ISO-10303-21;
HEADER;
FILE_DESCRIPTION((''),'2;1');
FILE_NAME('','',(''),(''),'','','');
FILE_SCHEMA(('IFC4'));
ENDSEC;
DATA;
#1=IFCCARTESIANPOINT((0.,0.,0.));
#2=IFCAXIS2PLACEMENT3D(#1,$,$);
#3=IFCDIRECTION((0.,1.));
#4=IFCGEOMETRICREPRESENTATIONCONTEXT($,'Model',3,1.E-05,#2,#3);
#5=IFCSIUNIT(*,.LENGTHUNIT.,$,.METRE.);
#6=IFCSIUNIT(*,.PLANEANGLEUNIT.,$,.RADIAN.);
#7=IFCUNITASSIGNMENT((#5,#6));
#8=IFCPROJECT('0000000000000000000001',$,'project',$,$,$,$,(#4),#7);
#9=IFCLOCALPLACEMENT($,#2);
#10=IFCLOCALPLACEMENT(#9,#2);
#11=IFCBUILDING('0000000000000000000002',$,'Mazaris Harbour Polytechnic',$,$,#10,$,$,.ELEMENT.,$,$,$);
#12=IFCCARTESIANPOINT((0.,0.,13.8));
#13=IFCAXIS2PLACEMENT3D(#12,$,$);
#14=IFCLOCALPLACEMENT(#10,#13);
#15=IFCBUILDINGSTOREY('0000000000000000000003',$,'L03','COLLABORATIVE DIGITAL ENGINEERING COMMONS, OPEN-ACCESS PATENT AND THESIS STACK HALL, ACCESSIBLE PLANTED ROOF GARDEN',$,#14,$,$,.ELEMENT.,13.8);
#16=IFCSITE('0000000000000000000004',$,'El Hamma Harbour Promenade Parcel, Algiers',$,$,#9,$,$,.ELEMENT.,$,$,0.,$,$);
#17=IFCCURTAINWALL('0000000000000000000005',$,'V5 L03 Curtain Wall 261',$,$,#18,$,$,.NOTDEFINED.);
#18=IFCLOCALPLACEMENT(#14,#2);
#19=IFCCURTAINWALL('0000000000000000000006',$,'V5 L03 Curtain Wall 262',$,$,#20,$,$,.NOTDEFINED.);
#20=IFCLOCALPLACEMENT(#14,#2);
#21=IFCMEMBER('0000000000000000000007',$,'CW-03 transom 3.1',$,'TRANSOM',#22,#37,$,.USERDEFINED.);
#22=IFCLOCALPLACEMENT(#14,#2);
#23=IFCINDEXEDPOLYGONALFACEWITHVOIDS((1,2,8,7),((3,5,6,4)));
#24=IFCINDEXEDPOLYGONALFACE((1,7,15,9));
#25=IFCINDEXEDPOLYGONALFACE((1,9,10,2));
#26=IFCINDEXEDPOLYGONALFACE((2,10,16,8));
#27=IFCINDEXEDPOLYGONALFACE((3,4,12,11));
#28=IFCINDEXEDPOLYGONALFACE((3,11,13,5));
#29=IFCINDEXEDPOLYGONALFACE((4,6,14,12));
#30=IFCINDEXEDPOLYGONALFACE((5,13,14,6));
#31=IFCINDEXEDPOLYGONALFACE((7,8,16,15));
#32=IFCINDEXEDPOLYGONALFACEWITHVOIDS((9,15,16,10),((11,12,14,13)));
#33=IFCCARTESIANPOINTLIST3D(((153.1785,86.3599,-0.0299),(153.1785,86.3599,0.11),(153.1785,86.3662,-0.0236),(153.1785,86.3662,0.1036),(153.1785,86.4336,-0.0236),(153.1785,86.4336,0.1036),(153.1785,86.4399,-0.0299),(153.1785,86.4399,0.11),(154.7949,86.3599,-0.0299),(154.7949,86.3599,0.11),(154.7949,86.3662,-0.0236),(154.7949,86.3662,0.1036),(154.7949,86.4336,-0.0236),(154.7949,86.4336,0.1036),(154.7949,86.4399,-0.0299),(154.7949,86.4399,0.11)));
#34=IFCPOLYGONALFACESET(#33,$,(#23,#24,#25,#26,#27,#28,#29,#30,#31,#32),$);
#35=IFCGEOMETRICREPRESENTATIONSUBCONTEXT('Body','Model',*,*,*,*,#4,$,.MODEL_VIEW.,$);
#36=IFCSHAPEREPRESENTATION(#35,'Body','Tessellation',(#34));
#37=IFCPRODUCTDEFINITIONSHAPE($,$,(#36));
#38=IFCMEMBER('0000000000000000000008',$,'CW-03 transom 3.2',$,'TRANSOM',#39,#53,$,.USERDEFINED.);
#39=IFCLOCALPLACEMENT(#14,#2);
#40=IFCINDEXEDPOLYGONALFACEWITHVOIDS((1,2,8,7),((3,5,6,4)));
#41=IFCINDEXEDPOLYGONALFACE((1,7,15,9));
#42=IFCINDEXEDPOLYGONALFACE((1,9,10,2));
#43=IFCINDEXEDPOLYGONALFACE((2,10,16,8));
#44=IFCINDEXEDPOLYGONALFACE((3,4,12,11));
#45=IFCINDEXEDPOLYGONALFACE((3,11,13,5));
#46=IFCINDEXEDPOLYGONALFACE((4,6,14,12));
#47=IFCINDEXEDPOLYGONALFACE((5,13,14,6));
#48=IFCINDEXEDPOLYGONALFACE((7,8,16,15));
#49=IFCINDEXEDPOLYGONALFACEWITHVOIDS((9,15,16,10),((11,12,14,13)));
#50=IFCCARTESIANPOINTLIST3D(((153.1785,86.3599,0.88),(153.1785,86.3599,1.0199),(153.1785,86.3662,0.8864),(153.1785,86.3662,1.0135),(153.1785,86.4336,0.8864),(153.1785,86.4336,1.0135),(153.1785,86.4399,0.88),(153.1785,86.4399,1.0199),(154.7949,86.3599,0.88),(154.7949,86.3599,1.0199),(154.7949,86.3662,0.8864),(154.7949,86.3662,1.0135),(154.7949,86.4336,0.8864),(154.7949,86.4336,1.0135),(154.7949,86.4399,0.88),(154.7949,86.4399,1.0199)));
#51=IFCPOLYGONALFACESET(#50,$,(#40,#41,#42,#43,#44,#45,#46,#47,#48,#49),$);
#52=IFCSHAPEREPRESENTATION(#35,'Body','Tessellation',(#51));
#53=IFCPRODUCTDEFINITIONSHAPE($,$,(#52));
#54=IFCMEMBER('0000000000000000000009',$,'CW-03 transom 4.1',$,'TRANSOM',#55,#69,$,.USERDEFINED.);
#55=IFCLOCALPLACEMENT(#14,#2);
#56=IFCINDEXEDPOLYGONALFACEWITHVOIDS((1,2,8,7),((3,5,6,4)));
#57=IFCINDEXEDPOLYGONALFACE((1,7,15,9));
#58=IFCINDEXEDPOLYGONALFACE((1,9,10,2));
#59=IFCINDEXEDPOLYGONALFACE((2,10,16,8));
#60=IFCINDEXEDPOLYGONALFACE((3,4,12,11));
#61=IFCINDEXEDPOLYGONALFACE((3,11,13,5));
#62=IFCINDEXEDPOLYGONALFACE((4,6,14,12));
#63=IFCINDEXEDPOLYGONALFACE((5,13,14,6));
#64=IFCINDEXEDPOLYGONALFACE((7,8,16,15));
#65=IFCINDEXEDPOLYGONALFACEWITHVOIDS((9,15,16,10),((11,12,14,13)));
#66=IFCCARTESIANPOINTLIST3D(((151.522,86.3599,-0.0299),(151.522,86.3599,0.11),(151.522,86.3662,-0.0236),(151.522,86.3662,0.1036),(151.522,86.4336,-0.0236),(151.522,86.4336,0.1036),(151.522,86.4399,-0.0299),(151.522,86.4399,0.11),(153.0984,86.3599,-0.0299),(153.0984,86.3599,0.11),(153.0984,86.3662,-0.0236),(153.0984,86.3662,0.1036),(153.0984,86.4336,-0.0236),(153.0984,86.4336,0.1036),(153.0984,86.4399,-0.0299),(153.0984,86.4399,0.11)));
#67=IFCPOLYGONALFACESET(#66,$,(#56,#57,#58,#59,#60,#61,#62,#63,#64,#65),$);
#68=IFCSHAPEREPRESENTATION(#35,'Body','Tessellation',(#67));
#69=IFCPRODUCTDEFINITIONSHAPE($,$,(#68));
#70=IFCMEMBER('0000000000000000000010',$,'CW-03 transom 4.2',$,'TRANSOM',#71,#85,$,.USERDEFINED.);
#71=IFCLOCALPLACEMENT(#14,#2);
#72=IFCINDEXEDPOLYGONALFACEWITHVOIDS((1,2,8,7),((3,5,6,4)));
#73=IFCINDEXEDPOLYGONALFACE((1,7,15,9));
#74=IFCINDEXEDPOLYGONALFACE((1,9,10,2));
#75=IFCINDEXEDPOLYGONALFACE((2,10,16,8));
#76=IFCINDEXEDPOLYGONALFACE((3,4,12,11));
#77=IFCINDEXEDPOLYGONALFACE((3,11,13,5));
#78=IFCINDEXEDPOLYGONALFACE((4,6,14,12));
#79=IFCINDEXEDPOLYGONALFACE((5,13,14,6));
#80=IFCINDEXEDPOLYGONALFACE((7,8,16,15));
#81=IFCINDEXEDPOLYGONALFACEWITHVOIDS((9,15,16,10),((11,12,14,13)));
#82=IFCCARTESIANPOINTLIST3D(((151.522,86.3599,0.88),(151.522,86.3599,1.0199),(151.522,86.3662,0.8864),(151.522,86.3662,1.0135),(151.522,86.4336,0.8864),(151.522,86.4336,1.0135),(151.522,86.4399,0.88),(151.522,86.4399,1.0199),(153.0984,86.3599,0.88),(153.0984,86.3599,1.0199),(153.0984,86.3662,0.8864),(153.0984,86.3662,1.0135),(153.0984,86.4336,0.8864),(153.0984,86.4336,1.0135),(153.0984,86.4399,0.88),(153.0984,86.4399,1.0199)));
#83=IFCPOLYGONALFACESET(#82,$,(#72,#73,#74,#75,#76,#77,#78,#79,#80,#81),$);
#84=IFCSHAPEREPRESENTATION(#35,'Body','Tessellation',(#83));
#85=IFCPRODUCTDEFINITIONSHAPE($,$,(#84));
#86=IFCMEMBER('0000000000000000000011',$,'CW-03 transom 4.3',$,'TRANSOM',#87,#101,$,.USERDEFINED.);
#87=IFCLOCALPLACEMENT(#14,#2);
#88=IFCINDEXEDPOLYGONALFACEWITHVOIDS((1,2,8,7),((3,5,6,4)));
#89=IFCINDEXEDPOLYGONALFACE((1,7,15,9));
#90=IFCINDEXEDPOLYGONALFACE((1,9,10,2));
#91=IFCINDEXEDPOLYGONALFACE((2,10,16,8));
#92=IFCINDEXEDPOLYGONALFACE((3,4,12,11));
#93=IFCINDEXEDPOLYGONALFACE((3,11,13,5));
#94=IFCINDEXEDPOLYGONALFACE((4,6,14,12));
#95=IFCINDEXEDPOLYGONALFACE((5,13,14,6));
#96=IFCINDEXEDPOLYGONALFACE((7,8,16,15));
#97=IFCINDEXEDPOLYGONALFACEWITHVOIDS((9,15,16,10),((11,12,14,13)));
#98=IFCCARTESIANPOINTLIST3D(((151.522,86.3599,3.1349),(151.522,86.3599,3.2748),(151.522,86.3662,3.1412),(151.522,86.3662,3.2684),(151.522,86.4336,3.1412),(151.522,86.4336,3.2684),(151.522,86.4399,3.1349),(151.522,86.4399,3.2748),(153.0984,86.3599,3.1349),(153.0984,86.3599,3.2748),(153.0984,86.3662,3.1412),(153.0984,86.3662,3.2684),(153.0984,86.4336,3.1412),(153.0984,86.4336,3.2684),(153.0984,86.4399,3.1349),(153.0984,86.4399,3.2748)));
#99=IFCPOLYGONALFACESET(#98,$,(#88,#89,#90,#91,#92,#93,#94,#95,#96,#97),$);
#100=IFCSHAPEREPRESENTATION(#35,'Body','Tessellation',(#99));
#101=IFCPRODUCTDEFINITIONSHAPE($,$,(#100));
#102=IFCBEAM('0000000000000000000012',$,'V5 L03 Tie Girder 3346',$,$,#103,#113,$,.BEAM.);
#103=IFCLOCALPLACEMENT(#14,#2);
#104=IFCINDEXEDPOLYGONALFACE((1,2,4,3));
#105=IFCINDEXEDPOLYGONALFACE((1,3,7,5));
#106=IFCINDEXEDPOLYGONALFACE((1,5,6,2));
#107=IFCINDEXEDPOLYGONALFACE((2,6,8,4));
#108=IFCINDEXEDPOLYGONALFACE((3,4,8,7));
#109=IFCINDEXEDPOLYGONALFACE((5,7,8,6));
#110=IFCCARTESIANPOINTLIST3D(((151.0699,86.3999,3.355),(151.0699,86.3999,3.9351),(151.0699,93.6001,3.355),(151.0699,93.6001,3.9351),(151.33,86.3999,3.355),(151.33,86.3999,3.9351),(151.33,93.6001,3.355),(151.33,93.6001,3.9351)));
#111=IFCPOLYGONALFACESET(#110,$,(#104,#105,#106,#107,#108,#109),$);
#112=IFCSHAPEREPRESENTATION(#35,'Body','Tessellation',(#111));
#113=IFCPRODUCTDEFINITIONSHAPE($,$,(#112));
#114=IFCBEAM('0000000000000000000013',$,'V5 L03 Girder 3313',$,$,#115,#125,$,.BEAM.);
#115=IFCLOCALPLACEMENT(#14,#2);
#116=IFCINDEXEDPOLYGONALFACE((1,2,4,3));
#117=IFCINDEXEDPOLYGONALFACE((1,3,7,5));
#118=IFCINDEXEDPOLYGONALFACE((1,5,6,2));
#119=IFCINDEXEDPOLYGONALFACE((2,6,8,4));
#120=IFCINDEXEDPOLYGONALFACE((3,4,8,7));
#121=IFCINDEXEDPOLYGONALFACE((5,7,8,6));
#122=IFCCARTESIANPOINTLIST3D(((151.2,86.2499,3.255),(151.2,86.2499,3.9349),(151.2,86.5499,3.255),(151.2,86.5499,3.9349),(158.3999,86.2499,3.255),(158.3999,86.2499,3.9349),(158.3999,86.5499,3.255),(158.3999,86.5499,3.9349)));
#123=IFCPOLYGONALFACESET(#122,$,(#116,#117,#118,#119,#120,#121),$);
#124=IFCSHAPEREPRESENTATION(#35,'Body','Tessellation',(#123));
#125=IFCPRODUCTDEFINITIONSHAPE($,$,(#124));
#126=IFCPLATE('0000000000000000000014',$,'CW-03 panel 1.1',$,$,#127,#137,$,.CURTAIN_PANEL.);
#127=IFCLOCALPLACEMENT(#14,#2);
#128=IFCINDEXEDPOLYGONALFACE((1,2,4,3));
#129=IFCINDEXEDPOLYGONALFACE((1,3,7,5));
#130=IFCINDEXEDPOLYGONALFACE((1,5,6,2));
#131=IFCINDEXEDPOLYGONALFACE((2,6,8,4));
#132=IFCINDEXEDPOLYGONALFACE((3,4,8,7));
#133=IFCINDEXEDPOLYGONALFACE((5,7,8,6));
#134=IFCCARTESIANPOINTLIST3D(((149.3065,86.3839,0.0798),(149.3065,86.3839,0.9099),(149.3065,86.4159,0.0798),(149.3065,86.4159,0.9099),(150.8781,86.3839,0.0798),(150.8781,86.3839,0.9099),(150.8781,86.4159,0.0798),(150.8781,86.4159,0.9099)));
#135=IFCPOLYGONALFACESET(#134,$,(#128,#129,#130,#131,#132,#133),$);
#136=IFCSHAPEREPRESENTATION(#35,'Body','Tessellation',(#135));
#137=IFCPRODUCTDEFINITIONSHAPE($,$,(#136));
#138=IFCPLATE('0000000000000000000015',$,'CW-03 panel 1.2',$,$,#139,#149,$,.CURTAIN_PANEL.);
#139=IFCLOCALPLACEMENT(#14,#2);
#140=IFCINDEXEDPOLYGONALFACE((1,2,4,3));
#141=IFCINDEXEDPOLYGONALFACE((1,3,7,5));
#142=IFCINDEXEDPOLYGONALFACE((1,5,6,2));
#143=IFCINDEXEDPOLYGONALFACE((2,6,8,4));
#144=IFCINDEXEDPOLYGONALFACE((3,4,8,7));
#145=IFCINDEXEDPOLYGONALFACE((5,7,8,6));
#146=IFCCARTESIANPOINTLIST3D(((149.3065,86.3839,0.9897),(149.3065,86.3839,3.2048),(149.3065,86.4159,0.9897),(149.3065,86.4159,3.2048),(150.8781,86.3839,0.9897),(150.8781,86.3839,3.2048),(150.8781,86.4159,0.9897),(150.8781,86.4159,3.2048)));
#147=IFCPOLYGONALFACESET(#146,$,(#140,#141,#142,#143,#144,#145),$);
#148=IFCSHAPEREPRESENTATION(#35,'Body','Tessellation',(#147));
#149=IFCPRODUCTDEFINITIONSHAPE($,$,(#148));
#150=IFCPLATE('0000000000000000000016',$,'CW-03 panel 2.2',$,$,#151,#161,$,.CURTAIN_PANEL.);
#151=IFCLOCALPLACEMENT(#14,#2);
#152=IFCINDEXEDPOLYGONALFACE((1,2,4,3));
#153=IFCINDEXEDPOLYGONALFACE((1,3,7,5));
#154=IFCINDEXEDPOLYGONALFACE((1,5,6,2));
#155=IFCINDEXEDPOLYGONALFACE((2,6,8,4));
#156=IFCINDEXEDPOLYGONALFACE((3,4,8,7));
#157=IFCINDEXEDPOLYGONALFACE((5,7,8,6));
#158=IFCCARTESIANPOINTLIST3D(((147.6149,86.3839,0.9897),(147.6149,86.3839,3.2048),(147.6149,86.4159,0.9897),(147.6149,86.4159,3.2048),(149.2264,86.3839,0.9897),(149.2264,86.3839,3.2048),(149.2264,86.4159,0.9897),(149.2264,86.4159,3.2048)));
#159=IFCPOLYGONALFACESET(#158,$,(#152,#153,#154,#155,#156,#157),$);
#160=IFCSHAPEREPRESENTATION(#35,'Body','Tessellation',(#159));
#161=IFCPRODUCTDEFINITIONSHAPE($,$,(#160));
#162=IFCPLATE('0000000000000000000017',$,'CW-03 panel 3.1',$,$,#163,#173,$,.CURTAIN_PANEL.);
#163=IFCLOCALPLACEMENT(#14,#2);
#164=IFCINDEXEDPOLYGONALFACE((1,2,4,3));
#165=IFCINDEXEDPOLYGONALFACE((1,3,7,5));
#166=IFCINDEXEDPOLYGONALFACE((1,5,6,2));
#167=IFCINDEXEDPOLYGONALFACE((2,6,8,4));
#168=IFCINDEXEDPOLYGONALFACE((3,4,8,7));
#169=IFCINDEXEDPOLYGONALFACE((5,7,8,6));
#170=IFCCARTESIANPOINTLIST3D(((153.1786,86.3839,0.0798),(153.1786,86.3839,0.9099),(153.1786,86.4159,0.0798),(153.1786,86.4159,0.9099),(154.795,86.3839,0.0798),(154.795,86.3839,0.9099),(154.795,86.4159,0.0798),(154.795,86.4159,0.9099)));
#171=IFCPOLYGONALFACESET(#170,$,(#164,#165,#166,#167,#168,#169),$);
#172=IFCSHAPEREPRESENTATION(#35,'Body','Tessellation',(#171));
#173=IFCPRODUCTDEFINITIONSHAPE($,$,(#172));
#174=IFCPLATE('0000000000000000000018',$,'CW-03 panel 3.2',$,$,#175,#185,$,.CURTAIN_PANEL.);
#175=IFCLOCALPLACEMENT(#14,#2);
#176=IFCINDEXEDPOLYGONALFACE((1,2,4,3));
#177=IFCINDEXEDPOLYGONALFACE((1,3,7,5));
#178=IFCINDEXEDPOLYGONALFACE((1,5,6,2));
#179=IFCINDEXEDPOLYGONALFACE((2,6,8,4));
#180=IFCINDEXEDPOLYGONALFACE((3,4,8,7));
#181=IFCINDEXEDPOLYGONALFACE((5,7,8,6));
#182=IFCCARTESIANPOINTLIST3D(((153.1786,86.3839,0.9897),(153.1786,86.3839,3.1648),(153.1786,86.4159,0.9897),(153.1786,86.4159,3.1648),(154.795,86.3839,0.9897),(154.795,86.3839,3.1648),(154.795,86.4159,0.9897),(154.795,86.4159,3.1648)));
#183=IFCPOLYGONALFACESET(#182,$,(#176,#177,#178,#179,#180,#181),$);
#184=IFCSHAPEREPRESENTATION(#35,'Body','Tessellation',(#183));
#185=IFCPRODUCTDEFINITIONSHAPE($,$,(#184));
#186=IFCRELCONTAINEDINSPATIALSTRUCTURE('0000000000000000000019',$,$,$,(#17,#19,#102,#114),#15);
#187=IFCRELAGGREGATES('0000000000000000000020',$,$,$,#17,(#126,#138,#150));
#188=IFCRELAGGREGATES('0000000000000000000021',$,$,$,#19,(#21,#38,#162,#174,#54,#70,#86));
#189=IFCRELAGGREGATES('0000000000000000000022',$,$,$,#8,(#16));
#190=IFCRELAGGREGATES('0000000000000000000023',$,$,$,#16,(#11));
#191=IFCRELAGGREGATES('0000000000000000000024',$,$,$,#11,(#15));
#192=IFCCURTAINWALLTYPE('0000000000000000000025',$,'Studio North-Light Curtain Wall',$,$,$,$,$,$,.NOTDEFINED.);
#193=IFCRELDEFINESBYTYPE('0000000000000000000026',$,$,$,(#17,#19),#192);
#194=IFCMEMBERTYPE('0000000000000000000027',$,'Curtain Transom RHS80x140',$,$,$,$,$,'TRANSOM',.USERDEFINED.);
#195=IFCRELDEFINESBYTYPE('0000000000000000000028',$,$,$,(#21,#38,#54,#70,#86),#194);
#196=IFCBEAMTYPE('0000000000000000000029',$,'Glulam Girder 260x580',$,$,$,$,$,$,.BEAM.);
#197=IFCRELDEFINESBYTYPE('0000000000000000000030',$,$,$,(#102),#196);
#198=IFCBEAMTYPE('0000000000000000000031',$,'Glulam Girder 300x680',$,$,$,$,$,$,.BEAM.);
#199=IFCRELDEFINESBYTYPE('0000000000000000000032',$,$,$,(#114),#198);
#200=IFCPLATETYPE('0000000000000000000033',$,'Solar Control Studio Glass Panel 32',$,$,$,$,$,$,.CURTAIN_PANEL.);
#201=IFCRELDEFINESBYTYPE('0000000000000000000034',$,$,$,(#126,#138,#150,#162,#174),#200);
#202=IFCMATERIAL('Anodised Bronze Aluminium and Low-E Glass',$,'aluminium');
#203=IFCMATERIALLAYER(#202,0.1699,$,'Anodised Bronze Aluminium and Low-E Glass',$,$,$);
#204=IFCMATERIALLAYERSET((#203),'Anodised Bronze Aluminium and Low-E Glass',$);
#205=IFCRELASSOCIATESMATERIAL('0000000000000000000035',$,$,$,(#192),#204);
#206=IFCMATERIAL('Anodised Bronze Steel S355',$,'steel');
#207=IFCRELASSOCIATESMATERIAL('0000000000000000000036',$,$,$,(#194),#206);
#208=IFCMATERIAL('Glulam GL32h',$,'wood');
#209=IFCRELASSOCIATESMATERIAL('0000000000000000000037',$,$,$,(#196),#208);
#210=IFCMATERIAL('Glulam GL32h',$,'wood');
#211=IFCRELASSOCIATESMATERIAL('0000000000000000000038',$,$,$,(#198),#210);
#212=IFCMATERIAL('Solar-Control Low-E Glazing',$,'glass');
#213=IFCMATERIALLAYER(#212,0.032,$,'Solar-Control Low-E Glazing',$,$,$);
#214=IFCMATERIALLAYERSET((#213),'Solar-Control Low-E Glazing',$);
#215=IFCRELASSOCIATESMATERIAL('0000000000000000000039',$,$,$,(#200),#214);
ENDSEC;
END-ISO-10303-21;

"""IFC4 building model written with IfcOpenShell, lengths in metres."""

from ifc_helpers import new_model, si_unit, direction, frame, origin, origin_2d, place, context, subcontext, project, spatial, rectangle, hollow_rectangle, extrude, material, layer, layer_set, material_profile, profile_set, type_object, element, aggregate, save


model = new_model("IFC4")

# Units and contexts
model_context = context("Model", 3, precision=1e-05, world=origin(), true_north=direction((0.0, 1.0)))
body_context = subcontext(model_context, "Body", "Model", "MODEL_VIEW")
ifc_project = project(units=[si_unit("LENGTHUNIT", "METRE"), si_unit("PLANEANGLEUNIT", "RADIAN")], contexts=[model_context])

# Site, building, storey
site_placement = place(None, origin())
site = spatial("IfcSite", under=ifc_project, at=site_placement, Name="El Hamma Harbour Promenade Parcel, Algiers", CompositionType="ELEMENT", RefElevation=0.0)
building_placement = place(site_placement, origin())
building = spatial("IfcBuilding", under=site, at=building_placement, Name="Mazaris Harbour Polytechnic", CompositionType="ELEMENT")
storey_placement = place(building_placement, frame((0.0, 0.0, 13.8)))
storey = spatial("IfcBuildingStorey", under=building, at=storey_placement, Name="L03", Description="COLLABORATIVE DIGITAL ENGINEERING COMMONS, OPEN-ACCESS PATENT AND THESIS STACK HALL, ACCESSIBLE PLANTED ROOF GARDEN", CompositionType="ELEMENT", Elevation=13.8)

# Curtain walls
ifc_material_1 = material(Name="Anodised Bronze Aluminium and Low-E Glass", Category="aluminium")
ifc_layer_1 = layer(ifc_material_1, 0.1699, Name="Anodised Bronze Aluminium and Low-E Glass")
ifc_layer_set_1 = layer_set([ifc_layer_1], Name="Anodised Bronze Aluminium and Low-E Glass")
curtain_wall_type = type_object("IfcCurtainWallType", Name="Studio North-Light Curtain Wall", PredefinedType="NOTDEFINED", material=ifc_layer_set_1)
curtain_wall_1_placement = place(storey_placement, origin())
curtain_wall_1 = element("IfcCurtainWall", 1, at=curtain_wall_1_placement, inside=storey, type_object=curtain_wall_type, Name="V5 L03 Curtain Wall 261", PredefinedType="NOTDEFINED")
curtain_wall_2_placement = place(storey_placement, origin())
curtain_wall_2 = element("IfcCurtainWall", 2, at=curtain_wall_2_placement, inside=storey, type_object=curtain_wall_type, Name="V5 L03 Curtain Wall 262", PredefinedType="NOTDEFINED")

# Members
ifc_material_2 = material(Name="Anodised Bronze Steel S355", Category="steel")
ifc_material_profile_1 = material_profile(ifc_material_2, hollow_rectangle(XDim=0.0801, YDim=0.1399, WallThickness=0.0063, at=origin_2d()), Name="RHS 80x140x6.3")
ifc_profile_set_1 = profile_set([ifc_material_profile_1], Name="Anodised Bronze Steel S355")
member_type_1 = type_object("IfcMemberType", Name="Curtain Transom RHS80x140", ElementType="TRANSOM", PredefinedType="USERDEFINED", material=ifc_profile_set_1)
member_1_placement = place(storey_placement, frame((154.7949, 86.3999, 0.04), z_axis=(-1.0, 0.0, 0.0), x_axis=(0.0, -1.0, 0.0)))
member_1 = element("IfcMember", 3, at=member_1_placement, type_object=member_type_1, Name="CW-03 transom 3.1", ObjectType="TRANSOM", PredefinedType="USERDEFINED", context=body_context, shape_type="SweptSolid", body=[
    extrude(hollow_rectangle(XDim=0.0801, YDim=0.1399, WallThickness=0.0063, at=origin_2d()), origin(), (0.0, 0.0, 1.0), 1.6165),
])
member_2_placement = place(storey_placement, frame((154.7949, 86.3999, 0.95), z_axis=(-1.0, 0.0, 0.0), x_axis=(0.0, -1.0, 0.0)))
member_2 = element("IfcMember", 4, at=member_2_placement, type_object=member_type_1, Name="CW-03 transom 3.2", ObjectType="TRANSOM", PredefinedType="USERDEFINED", context=body_context, shape_type="SweptSolid", body=[
    extrude(hollow_rectangle(XDim=0.0801, YDim=0.1399, WallThickness=0.0063, at=origin_2d()), origin(), (0.0, 0.0, 1.0), 1.6165),
])
member_3_placement = place(storey_placement, frame((153.0984, 86.3999, 0.04), z_axis=(-1.0, 0.0, 0.0), x_axis=(0.0, -1.0, 0.0)))
member_3 = element("IfcMember", 5, at=member_3_placement, type_object=member_type_1, Name="CW-03 transom 4.1", ObjectType="TRANSOM", PredefinedType="USERDEFINED", context=body_context, shape_type="SweptSolid", body=[
    extrude(hollow_rectangle(XDim=0.0801, YDim=0.1399, WallThickness=0.0063, at=origin_2d()), origin(), (0.0, 0.0, 1.0), 1.5764),
])
member_4_placement = place(storey_placement, frame((153.0984, 86.3999, 0.95), z_axis=(-1.0, 0.0, 0.0), x_axis=(0.0, -1.0, 0.0)))
member_4 = element("IfcMember", 6, at=member_4_placement, type_object=member_type_1, Name="CW-03 transom 4.2", ObjectType="TRANSOM", PredefinedType="USERDEFINED", context=body_context, shape_type="SweptSolid", body=[
    extrude(hollow_rectangle(XDim=0.0801, YDim=0.1399, WallThickness=0.0063, at=origin_2d()), origin(), (0.0, 0.0, 1.0), 1.5764),
])
member_5_placement = place(storey_placement, frame((153.0984, 86.3999, 3.2048), z_axis=(-1.0, 0.0, 0.0), x_axis=(0.0, -1.0, 0.0)))
member_5 = element("IfcMember", 7, at=member_5_placement, type_object=member_type_1, Name="CW-03 transom 4.3", ObjectType="TRANSOM", PredefinedType="USERDEFINED", context=body_context, shape_type="SweptSolid", body=[
    extrude(hollow_rectangle(XDim=0.0801, YDim=0.1399, WallThickness=0.0063, at=origin_2d()), origin(), (0.0, 0.0, 1.0), 1.5764),
])

# Beams
ifc_material_3 = material(Name="Glulam GL32h", Category="wood")
ifc_material_profile_2 = material_profile(ifc_material_3, rectangle(XDim=0.26, YDim=0.5801, at=origin_2d()), Name="RECT260x580")
ifc_profile_set_2 = profile_set([ifc_material_profile_2], Name="Glulam GL32h")
beam_type_1 = type_object("IfcBeamType", Name="Glulam Girder 260x580", PredefinedType="BEAM", material=ifc_profile_set_2)
beam_1_placement = place(storey_placement, frame((151.2, 86.3999, 3.645), z_axis=(0.0, 1.0, 0.0), x_axis=(-1.0, 0.0, 0.0)))
element("IfcBeam", 8, at=beam_1_placement, inside=storey, type_object=beam_type_1, Name="V5 L03 Tie Girder 3346", PredefinedType="BEAM", context=body_context, shape_type="SweptSolid", body=[
    extrude(rectangle(XDim=0.26, YDim=0.5801, at=origin_2d()), origin(), (0.0, 0.0, 1.0), 7.2002),
])
ifc_material_4 = material(Name="Glulam GL32h", Category="wood")
ifc_material_profile_3 = material_profile(ifc_material_4, rectangle(XDim=0.3, YDim=0.6799, at=origin_2d()), Name="RECT300x680")
ifc_profile_set_3 = profile_set([ifc_material_profile_3], Name="Glulam GL32h")
beam_type_2 = type_object("IfcBeamType", Name="Glulam Girder 300x680", PredefinedType="BEAM", material=ifc_profile_set_3)
beam_2_placement = place(storey_placement, frame((151.2, 86.3999, 3.595), z_axis=(1.0, 0.0, 0.0), x_axis=(0.0, 1.0, 0.0)))
element("IfcBeam", 9, at=beam_2_placement, inside=storey, type_object=beam_type_2, Name="V5 L03 Girder 3313", PredefinedType="BEAM", context=body_context, shape_type="SweptSolid", body=[
    extrude(rectangle(XDim=0.3, YDim=0.6799, at=origin_2d()), origin(), (0.0, 0.0, 1.0), 7.2),
])

# Plates
ifc_material_5 = material(Name="Solar-Control Low-E Glazing", Category="glass")
ifc_layer_2 = layer(ifc_material_5, 0.032, Name="Solar-Control Low-E Glazing")
ifc_layer_set_2 = layer_set([ifc_layer_2], Name="Solar-Control Low-E Glazing")
plate_type = type_object("IfcPlateType", Name="Solar Control Studio Glass Panel 32", PredefinedType="CURTAIN_PANEL", material=ifc_layer_set_2)
plate_1_placement = place(storey_placement, frame((150.0923, 86.3999, 0.0798), z_axis=(0.0, 0.0, 1.0), x_axis=(-1.0, 0.0, 0.0)))
plate_1 = element("IfcPlate", 10, at=plate_1_placement, type_object=plate_type, Name="CW-03 panel 1.1", PredefinedType="CURTAIN_PANEL", context=body_context, shape_type="SweptSolid", body=[
    extrude(rectangle(XDim=1.5715, YDim=0.032, at=origin_2d()), origin(), (0.0, 0.0, 1.0), 0.8301),
])
plate_2_placement = place(storey_placement, frame((150.0923, 86.3999, 0.9897), z_axis=(0.0, 0.0, 1.0), x_axis=(-1.0, 0.0, 0.0)))
plate_2 = element("IfcPlate", 11, at=plate_2_placement, type_object=plate_type, Name="CW-03 panel 1.2", PredefinedType="CURTAIN_PANEL", context=body_context, shape_type="SweptSolid", body=[
    extrude(rectangle(XDim=1.5715, YDim=0.032, at=origin_2d()), origin(), (0.0, 0.0, 1.0), 2.2151),
])
plate_3_placement = place(storey_placement, frame((148.4207, 86.3999, 0.9897), z_axis=(0.0, 0.0, 1.0), x_axis=(-1.0, 0.0, 0.0)))
plate_3 = element("IfcPlate", 12, at=plate_3_placement, type_object=plate_type, Name="CW-03 panel 2.2", PredefinedType="CURTAIN_PANEL", context=body_context, shape_type="SweptSolid", body=[
    extrude(rectangle(XDim=1.6116, YDim=0.032, at=origin_2d()), origin(), (0.0, 0.0, 1.0), 2.2151),
])
aggregate(curtain_wall_1, [plate_1, plate_2, plate_3])
plate_4_placement = place(storey_placement, frame((153.9868, 86.3999, 0.0798), z_axis=(0.0, 0.0, 1.0), x_axis=(-1.0, 0.0, 0.0)))
plate_4 = element("IfcPlate", 13, at=plate_4_placement, type_object=plate_type, Name="CW-03 panel 3.1", PredefinedType="CURTAIN_PANEL", context=body_context, shape_type="SweptSolid", body=[
    extrude(rectangle(XDim=1.6165, YDim=0.032, at=origin_2d()), origin(), (0.0, 0.0, 1.0), 0.8301),
])
plate_5_placement = place(storey_placement, frame((153.9868, 86.3999, 0.9897), z_axis=(0.0, 0.0, 1.0), x_axis=(-1.0, 0.0, 0.0)))
plate_5 = element("IfcPlate", 14, at=plate_5_placement, type_object=plate_type, Name="CW-03 panel 3.2", PredefinedType="CURTAIN_PANEL", context=body_context, shape_type="SweptSolid", body=[
    extrude(rectangle(XDim=1.6165, YDim=0.032, at=origin_2d()), origin(), (0.0, 0.0, 1.0), 2.175),
])
aggregate(curtain_wall_2, [member_1, member_2, plate_4, plate_5, member_3, member_4, member_5])

save(model, "model.ifc")
